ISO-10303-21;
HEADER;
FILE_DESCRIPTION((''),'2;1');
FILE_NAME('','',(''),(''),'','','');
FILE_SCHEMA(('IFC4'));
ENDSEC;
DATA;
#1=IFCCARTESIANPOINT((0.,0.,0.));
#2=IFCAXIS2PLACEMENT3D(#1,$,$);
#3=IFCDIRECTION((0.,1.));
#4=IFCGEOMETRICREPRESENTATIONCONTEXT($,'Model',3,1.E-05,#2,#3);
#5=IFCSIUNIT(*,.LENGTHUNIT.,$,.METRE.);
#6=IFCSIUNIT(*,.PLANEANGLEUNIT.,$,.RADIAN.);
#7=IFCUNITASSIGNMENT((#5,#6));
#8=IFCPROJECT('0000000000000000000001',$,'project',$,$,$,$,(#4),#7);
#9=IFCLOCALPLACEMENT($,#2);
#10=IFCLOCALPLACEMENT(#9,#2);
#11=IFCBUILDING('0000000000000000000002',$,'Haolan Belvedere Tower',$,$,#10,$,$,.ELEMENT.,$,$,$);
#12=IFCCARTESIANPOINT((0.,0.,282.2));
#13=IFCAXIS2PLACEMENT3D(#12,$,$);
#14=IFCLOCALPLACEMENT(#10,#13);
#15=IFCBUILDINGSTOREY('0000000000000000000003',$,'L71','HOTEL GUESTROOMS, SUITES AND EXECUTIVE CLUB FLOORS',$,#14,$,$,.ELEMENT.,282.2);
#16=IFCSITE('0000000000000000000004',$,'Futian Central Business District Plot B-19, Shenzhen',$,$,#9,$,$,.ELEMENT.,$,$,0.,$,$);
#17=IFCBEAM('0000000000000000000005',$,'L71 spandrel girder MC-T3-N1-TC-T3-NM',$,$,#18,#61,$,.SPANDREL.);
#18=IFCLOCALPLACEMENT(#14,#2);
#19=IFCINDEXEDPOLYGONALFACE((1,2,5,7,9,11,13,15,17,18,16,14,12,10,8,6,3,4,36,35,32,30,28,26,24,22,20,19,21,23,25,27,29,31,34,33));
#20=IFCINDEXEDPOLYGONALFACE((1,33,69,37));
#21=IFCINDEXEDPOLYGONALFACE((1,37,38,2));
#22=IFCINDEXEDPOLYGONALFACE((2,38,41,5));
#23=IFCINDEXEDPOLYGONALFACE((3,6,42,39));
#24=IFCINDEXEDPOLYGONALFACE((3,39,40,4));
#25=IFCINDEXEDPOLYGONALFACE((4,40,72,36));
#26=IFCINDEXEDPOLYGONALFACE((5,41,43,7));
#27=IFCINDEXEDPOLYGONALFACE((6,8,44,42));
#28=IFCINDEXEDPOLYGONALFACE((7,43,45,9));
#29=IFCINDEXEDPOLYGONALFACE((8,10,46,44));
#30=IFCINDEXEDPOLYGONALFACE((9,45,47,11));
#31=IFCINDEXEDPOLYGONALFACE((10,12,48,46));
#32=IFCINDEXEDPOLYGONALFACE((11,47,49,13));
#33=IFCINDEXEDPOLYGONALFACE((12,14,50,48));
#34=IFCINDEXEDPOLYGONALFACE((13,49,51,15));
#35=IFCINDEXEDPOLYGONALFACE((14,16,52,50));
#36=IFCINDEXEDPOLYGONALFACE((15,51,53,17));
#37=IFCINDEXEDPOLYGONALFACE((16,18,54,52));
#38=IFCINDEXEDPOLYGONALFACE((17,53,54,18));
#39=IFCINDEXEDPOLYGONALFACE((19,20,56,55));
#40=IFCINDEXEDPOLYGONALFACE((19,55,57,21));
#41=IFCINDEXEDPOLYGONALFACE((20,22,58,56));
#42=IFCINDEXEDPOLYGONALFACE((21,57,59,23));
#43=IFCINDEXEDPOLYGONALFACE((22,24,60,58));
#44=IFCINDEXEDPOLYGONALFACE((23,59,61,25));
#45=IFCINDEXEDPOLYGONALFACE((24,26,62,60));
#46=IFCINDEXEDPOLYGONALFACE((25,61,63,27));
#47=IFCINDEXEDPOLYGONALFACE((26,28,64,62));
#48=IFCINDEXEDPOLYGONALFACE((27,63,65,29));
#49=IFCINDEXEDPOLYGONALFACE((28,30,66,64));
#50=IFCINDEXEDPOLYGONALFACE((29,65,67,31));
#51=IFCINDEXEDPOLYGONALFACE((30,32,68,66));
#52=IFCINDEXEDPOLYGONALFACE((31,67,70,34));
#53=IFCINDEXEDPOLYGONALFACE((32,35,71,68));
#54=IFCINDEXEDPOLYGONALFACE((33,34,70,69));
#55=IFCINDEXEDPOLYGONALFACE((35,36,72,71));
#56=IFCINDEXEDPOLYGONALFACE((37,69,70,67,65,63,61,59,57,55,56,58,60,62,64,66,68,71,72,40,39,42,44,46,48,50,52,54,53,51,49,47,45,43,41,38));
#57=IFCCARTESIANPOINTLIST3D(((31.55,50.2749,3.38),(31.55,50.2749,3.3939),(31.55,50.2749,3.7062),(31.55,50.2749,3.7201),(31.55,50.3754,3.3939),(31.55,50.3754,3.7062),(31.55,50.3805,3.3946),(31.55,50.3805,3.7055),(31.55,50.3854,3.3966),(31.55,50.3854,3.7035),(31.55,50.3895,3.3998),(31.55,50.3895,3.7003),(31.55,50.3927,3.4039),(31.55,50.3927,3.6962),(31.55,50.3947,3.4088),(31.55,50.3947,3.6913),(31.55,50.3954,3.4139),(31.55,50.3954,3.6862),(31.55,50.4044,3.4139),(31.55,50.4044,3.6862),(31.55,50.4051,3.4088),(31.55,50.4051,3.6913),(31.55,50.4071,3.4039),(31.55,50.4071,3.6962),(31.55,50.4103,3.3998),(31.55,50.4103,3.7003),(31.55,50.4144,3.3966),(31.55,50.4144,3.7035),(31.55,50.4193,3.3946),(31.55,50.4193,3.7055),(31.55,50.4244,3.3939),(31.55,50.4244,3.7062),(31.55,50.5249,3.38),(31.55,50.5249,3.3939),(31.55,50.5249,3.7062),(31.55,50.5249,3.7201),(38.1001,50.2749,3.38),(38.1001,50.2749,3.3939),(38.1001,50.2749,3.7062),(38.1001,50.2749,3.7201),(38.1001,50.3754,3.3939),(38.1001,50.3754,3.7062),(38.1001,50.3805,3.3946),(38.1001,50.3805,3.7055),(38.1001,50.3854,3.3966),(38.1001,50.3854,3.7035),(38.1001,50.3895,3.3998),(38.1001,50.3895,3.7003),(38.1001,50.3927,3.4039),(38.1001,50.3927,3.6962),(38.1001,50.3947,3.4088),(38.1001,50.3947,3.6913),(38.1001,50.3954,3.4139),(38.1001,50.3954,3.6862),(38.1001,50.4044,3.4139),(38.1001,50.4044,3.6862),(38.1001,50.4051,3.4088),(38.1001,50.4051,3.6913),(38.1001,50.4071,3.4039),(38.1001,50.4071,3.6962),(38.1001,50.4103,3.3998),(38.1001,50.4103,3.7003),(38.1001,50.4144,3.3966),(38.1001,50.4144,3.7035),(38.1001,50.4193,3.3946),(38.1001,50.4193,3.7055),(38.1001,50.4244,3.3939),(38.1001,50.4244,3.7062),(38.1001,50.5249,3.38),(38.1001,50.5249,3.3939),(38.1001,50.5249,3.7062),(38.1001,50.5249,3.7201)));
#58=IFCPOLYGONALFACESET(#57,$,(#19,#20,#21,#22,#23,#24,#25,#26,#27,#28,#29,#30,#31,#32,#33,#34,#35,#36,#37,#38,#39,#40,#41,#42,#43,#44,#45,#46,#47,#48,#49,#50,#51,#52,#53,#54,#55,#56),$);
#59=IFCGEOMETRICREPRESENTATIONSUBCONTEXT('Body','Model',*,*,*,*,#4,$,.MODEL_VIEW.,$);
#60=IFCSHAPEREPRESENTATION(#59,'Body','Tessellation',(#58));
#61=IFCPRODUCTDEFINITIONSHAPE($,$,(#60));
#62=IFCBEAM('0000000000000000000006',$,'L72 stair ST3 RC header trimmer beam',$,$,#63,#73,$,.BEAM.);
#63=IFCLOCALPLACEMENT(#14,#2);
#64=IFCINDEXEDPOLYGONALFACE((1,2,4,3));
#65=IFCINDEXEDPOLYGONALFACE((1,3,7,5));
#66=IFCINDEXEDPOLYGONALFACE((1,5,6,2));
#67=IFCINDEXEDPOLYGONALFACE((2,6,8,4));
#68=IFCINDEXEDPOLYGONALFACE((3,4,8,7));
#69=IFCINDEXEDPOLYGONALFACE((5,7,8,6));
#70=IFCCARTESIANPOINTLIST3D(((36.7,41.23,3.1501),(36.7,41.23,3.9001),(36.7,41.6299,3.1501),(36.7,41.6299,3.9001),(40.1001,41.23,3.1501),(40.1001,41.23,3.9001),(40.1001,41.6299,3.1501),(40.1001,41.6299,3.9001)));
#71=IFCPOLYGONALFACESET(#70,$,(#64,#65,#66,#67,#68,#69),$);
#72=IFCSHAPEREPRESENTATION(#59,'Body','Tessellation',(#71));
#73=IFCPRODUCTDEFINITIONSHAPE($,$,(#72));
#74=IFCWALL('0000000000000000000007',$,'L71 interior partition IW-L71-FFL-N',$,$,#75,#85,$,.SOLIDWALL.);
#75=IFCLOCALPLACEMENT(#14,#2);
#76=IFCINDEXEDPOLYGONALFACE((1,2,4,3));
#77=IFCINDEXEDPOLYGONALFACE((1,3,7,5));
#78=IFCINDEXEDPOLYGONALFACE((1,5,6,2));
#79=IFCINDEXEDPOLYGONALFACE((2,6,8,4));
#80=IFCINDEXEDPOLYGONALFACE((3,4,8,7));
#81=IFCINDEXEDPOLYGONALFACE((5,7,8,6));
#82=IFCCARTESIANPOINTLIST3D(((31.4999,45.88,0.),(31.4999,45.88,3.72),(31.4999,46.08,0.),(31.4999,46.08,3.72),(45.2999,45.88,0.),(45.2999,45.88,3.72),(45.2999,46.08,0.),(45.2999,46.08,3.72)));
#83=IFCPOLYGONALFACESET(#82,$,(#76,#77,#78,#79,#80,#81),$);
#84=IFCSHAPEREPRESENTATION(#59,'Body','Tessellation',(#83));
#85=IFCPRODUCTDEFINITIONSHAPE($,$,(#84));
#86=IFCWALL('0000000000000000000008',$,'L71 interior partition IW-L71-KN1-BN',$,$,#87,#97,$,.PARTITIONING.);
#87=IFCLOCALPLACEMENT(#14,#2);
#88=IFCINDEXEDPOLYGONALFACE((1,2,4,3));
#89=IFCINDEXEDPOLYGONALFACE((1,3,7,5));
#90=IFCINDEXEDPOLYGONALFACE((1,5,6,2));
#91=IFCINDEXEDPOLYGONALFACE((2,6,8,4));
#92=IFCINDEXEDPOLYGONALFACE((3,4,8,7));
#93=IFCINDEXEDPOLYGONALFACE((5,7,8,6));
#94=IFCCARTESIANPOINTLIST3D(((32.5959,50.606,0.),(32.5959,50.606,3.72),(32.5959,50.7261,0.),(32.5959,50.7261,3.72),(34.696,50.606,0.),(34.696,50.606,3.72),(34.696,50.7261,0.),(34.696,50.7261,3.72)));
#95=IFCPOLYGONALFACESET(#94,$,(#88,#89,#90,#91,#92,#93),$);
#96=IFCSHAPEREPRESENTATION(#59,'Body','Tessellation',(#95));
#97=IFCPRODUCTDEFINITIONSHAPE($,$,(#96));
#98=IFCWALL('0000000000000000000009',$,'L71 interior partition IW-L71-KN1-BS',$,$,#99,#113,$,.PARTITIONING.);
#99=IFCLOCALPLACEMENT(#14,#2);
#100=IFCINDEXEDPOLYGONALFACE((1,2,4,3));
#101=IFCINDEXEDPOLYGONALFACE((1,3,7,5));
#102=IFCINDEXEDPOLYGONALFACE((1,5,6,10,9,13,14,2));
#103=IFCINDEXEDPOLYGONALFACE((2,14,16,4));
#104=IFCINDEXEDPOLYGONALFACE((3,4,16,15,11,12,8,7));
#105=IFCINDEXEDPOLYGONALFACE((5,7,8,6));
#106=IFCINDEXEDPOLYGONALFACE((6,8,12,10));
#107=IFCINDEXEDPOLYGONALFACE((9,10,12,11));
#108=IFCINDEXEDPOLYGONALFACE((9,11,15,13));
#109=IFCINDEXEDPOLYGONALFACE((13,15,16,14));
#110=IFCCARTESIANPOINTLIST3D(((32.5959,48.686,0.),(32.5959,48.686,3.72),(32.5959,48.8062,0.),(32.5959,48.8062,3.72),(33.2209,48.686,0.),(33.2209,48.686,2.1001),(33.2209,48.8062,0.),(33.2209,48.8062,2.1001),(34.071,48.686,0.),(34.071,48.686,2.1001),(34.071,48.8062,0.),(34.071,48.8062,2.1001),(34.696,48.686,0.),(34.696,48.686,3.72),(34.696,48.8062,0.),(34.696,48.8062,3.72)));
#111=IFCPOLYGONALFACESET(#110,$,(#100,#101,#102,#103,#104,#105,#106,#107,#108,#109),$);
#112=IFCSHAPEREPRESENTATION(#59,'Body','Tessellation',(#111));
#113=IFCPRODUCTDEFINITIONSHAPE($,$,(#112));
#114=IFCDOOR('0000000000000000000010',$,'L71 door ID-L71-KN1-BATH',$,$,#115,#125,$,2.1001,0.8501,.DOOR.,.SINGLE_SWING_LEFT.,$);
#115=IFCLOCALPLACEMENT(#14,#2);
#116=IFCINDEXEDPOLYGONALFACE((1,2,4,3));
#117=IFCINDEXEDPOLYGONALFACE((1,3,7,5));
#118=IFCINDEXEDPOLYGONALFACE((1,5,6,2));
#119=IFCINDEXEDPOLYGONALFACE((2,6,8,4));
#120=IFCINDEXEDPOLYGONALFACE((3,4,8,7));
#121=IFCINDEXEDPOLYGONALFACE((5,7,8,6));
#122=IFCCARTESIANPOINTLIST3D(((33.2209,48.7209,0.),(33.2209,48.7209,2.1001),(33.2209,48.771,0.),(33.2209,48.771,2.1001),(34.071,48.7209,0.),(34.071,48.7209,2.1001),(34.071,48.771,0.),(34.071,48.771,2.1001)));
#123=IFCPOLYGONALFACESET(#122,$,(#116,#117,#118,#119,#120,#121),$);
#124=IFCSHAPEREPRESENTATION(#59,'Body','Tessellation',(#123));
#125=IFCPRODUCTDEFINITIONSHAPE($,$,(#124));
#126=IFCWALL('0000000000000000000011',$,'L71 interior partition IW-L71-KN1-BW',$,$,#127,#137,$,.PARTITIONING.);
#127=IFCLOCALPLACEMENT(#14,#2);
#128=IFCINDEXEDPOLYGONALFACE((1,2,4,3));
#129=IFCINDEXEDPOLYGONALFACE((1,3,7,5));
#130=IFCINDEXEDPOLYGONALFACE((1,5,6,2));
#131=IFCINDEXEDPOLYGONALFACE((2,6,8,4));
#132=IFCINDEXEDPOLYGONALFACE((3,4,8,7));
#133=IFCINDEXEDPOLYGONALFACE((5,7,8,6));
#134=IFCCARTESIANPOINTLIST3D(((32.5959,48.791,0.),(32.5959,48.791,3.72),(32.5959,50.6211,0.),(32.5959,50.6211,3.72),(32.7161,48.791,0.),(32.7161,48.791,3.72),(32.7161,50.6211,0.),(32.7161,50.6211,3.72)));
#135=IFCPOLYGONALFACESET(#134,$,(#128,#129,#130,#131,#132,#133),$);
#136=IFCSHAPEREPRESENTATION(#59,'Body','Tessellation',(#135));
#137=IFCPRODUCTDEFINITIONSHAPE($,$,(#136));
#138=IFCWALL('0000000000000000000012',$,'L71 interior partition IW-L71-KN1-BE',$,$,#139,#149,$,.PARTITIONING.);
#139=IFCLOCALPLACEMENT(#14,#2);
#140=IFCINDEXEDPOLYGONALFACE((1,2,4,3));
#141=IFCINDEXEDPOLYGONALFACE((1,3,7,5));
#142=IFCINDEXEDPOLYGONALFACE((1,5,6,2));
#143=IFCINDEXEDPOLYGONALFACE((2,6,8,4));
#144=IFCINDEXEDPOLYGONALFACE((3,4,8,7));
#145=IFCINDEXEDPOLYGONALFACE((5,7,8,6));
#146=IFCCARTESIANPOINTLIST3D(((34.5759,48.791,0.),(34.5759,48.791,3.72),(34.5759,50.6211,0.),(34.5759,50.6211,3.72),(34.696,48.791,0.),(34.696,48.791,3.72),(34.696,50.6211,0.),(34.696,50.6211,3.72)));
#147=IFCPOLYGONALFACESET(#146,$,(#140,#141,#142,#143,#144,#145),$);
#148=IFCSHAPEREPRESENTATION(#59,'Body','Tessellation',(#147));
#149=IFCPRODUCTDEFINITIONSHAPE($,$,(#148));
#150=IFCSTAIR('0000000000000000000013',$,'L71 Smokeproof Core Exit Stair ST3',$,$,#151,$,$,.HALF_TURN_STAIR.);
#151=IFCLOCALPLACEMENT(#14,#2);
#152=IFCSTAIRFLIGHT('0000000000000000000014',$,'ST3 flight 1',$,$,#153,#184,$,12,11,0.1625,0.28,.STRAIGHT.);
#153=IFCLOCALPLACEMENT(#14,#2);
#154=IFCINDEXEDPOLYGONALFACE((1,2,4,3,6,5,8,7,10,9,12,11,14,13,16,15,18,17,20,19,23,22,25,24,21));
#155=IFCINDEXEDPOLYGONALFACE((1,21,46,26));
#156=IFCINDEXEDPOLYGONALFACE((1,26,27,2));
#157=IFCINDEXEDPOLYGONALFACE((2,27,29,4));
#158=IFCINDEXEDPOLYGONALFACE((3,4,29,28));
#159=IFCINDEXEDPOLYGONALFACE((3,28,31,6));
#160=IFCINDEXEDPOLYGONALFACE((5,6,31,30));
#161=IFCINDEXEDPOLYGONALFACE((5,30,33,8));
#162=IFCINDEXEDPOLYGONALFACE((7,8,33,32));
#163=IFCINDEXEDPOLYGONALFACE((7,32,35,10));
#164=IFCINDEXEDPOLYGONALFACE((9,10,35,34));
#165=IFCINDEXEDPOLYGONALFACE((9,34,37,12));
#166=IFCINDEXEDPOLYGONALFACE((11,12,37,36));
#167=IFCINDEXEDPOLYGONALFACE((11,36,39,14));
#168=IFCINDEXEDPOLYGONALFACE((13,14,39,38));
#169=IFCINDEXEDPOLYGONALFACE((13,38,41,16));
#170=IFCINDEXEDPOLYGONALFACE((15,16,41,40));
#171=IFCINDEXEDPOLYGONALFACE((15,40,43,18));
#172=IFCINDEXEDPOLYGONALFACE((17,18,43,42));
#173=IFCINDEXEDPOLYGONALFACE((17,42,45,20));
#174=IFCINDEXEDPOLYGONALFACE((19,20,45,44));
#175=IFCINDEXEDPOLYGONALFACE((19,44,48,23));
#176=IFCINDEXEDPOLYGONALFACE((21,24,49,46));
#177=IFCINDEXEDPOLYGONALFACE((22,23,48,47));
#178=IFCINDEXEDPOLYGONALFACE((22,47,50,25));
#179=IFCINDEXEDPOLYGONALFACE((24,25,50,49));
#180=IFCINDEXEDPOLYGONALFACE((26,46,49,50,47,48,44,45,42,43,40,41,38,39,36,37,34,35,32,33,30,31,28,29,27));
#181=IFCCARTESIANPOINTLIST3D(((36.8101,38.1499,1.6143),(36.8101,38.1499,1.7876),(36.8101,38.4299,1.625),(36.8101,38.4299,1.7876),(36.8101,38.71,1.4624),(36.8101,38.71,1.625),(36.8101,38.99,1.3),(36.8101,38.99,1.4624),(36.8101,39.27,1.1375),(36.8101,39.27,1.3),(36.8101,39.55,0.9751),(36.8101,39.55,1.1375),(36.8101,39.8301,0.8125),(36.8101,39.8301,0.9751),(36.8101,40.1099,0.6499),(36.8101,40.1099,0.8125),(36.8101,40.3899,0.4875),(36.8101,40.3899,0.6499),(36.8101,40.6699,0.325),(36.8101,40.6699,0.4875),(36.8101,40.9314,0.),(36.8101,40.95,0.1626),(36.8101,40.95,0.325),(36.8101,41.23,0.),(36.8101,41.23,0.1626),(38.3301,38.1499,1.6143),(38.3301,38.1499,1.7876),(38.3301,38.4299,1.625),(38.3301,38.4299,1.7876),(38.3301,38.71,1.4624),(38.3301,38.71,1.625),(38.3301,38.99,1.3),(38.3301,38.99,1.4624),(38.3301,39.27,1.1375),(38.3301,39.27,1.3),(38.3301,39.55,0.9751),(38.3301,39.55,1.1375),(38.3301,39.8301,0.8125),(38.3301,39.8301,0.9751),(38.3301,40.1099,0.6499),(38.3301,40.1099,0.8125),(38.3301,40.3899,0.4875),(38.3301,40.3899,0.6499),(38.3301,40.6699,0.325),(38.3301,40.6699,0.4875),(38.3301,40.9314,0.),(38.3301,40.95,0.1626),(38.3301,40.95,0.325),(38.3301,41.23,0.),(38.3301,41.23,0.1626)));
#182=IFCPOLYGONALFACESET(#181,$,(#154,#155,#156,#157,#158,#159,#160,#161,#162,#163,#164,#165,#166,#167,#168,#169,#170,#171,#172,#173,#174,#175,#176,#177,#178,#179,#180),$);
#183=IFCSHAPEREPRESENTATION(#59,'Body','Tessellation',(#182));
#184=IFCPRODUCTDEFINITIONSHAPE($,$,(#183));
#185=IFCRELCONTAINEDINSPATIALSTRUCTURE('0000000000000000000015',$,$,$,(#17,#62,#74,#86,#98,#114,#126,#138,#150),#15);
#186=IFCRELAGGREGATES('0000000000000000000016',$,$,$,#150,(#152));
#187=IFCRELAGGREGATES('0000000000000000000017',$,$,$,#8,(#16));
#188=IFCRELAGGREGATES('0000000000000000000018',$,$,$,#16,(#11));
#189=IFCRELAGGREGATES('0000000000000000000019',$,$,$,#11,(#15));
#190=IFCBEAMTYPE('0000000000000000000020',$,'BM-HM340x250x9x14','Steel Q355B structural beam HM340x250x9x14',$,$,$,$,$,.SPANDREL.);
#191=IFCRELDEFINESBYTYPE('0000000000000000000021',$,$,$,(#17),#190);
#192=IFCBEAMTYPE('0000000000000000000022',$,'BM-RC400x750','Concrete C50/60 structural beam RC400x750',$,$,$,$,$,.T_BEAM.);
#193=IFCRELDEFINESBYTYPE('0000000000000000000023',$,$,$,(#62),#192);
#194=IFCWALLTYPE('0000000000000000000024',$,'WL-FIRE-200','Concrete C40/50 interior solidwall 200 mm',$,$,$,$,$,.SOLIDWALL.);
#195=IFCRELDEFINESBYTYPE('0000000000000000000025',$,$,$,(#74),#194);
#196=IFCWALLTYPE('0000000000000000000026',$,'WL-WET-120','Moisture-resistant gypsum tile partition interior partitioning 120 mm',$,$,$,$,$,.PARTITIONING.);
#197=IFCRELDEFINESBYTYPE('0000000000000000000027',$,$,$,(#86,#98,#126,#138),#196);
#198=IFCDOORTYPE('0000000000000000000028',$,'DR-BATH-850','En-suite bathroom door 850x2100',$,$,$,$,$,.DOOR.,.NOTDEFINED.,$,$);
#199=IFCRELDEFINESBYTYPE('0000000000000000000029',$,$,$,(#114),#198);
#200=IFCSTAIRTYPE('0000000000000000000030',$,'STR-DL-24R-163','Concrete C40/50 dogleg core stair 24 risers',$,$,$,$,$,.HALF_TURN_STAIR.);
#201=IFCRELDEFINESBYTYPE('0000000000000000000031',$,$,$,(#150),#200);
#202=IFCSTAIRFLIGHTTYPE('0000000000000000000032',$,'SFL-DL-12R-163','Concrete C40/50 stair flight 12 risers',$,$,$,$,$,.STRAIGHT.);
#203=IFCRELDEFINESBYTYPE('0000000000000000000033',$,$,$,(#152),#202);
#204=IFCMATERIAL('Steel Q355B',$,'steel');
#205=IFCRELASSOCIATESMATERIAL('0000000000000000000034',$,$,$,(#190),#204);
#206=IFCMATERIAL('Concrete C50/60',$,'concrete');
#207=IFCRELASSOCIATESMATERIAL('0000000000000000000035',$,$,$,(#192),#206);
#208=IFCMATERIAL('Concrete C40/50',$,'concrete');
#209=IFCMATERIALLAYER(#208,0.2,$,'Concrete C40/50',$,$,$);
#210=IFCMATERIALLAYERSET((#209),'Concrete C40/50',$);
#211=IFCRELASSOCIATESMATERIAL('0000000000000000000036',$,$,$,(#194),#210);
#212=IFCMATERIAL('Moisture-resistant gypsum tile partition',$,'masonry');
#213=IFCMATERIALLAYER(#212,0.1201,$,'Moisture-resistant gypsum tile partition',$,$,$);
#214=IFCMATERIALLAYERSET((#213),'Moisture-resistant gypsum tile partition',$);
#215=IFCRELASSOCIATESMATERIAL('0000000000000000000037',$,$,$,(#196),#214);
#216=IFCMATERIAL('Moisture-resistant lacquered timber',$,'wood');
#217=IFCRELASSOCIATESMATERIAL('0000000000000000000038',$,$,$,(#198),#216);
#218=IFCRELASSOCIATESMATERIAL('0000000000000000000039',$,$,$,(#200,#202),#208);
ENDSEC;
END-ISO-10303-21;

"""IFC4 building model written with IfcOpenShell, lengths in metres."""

from ifc_helpers import new_model, si_unit, direction, frame, frame_2d, origin, origin_2d, place, context, subcontext, project, spatial, polyline, rectangle, i_section, outline, extrude, material, layer, layer_set, material_profile, profile_set, type_object, element, fill, aggregate, save


model = new_model("IFC4")

# Units and contexts
model_context = context("Model", 3, precision=1e-05, world=origin(), true_north=direction((0.0, 1.0)))
body_context = subcontext(model_context, "Body", "Model", "MODEL_VIEW")
ifc_project = project(units=[si_unit("LENGTHUNIT", "METRE"), si_unit("PLANEANGLEUNIT", "RADIAN")], contexts=[model_context])

# Site, building, storey
site_placement = place(None, origin())
site = spatial("IfcSite", under=ifc_project, at=site_placement, Name="Futian Central Business District Plot B-19, Shenzhen", CompositionType="ELEMENT", RefElevation=0.0)
building_placement = place(site_placement, origin())
building = spatial("IfcBuilding", under=site, at=building_placement, Name="Haolan Belvedere Tower", CompositionType="ELEMENT")
storey_placement = place(building_placement, frame((0.0, 0.0, 282.2)))
storey = spatial("IfcBuildingStorey", under=building, at=storey_placement, Name="L71", Description="HOTEL GUESTROOMS, SUITES AND EXECUTIVE CLUB FLOORS", CompositionType="ELEMENT", Elevation=282.2)

# Beams
ifc_material_1 = material(Name="Steel Q355B", Category="steel")
ifc_material_profile_1 = material_profile(ifc_material_1, i_section(OverallWidth=0.25, OverallDepth=0.3401, WebThickness=0.009, FlangeThickness=0.0139, FilletRadius=0.02, at=origin_2d()), Name="Steel Q355B")
ifc_profile_set_1 = profile_set([ifc_material_profile_1], Name="Steel Q355B")
beam_type_1 = type_object("IfcBeamType", Name="BM-HM340x250x9x14", Description="Steel Q355B structural beam HM340x250x9x14", PredefinedType="SPANDREL", material=ifc_profile_set_1)
beam_1_placement = place(storey_placement, frame((31.55, 50.3999, 3.55), z_axis=(1.0, 0.0, 0.0), x_axis=(0.0, 1.0, 0.0)))
element("IfcBeam", 1, at=beam_1_placement, inside=storey, type_object=beam_type_1, Name="L71 spandrel girder MC-T3-N1-TC-T3-NM", PredefinedType="SPANDREL", context=body_context, shape_type="SweptSolid", body=[
    extrude(i_section(OverallWidth=0.25, OverallDepth=0.3401, WebThickness=0.009, FlangeThickness=0.0139, FilletRadius=0.02, at=origin_2d()), origin(), (0.0, 0.0, 1.0), 6.55),
])
ifc_material_2 = material(Name="Concrete C50/60", Category="concrete")
ifc_material_profile_2 = material_profile(ifc_material_2, rectangle(XDim=0.3999, YDim=0.75, at=origin_2d()), Name="Concrete C50/60")
ifc_profile_set_2 = profile_set([ifc_material_profile_2], Name="Concrete C50/60")
beam_type_2 = type_object("IfcBeamType", Name="BM-RC400x750", Description="Concrete C50/60 structural beam RC400x750", PredefinedType="T_BEAM", material=ifc_profile_set_2)
beam_2_placement = place(storey_placement, frame((36.7, 41.4299, 3.5251), z_axis=(1.0, 0.0, 0.0), x_axis=(0.0, 1.0, 0.0)))
element("IfcBeam", 2, at=beam_2_placement, inside=storey, type_object=beam_type_2, Name="L72 stair ST3 RC header trimmer beam", PredefinedType="BEAM", context=body_context, shape_type="SweptSolid", body=[
    extrude(rectangle(XDim=0.3999, YDim=0.75, at=origin_2d()), origin(), (0.0, 0.0, 1.0), 3.4001),
])

# Wall
ifc_material_3 = material(Name="Concrete C40/50", Category="concrete")
ifc_layer_1 = layer(ifc_material_3, 0.2, Name="Concrete C40/50")
ifc_layer_set_1 = layer_set([ifc_layer_1], Name="Concrete C40/50")
wall_type_1 = type_object("IfcWallType", Name="WL-FIRE-200", Description="Concrete C40/50 interior solidwall 200 mm", PredefinedType="SOLIDWALL", material=ifc_layer_set_1)
wall_1_placement = place(storey_placement, frame((31.5, 45.98, 0.0), z_axis=(0.0, 0.0, 1.0), x_axis=(1.0, 0.0, 0.0)))
element("IfcWall", 3, at=wall_1_placement, inside=storey, type_object=wall_type_1, Name="L71 interior partition IW-L71-FFL-N", PredefinedType="SOLIDWALL", context=body_context, shape_type="SweptSolid", body=[
    extrude(rectangle(XDim=13.8, YDim=0.2, at=frame_2d((6.8999, 0.0))), origin(), (0.0, 0.0, 1.0), 3.72),
])

# Wall
ifc_material_4 = material(Name="Moisture-resistant gypsum tile partition", Category="masonry")
ifc_layer_2 = layer(ifc_material_4, 0.1201, Name="Moisture-resistant gypsum tile partition")
ifc_layer_set_2 = layer_set([ifc_layer_2], Name="Moisture-resistant gypsum tile partition")
wall_type_2 = type_object("IfcWallType", Name="WL-WET-120", Description="Moisture-resistant gypsum tile partition interior partitioning 120 mm", PredefinedType="PARTITIONING", material=ifc_layer_set_2)
wall_2_placement = place(storey_placement, frame((32.5959, 50.666, 0.0), z_axis=(0.0, 0.0, 1.0), x_axis=(1.0, 0.0, 0.0)))
element("IfcWall", 4, at=wall_2_placement, inside=storey, type_object=wall_type_2, Name="L71 interior partition IW-L71-KN1-BN", PredefinedType="PARTITIONING", context=body_context, shape_type="SweptSolid", body=[
    extrude(rectangle(XDim=2.1001, YDim=0.1201, at=frame_2d((1.05, 0.0))), origin(), (0.0, 0.0, 1.0), 3.72),
])

# Wall, opening, door
wall_3_placement = place(storey_placement, frame((32.5959, 48.7461, 0.0), z_axis=(0.0, 0.0, 1.0), x_axis=(1.0, 0.0, 0.0)))
wall_3 = element("IfcWall", 5, at=wall_3_placement, inside=storey, type_object=wall_type_2, Name="L71 interior partition IW-L71-KN1-BS", PredefinedType="PARTITIONING", context=body_context, shape_type="SweptSolid", body=[
    extrude(rectangle(XDim=2.1001, YDim=0.1201, at=frame_2d((1.05, 0.0))), origin(), (0.0, 0.0, 1.0), 3.72),
])
opening_1_placement = place(wall_3_placement, frame((0.625, 0.0, 0.0)))
opening_1 = element("IfcOpeningElement", 6, at=opening_1_placement, cuts=wall_3, PredefinedType="OPENING", context=body_context, shape_type="SweptSolid", body=[
    extrude(rectangle(XDim=0.8501, YDim=2.1001, at=frame_2d((0.425, 1.05))), frame((0.0, 0.0701, 0.0), z_axis=(0.0, -1.0, 0.0), x_axis=(1.0, 0.0, 0.0)), (0.0, 0.0, 1.0), 0.1401),
])
ifc_material_5 = material(Name="Moisture-resistant lacquered timber", Category="wood")
door_type_1 = type_object("IfcDoorType", Name="DR-BATH-850", Description="En-suite bathroom door 850x2100", OperationType="NOTDEFINED", PredefinedType="DOOR", material=ifc_material_5)
door_1_placement = place(opening_1_placement, origin())
door_1 = element("IfcDoor", 7, at=door_1_placement, inside=storey, type_object=door_type_1, Name="L71 door ID-L71-KN1-BATH", OperationType="SINGLE_SWING_LEFT", OverallHeight=2.1001, OverallWidth=0.8501, PredefinedType="DOOR", context=body_context, shape_type="SweptSolid", body=[
    extrude(rectangle(XDim=0.8501, YDim=2.1001, at=frame_2d((0.425, 1.05))), frame((0.0, 0.0249, 0.0), z_axis=(0.0, -1.0, 0.0), x_axis=(1.0, 0.0, 0.0)), (0.0, 0.0, 1.0), 0.05),
])
fill(opening_1, door_1)

# Walls
for number, where, z_axis, x_axis, name in (
    (8, (32.656, 48.791, 0.0), (0.0, 0.0, 1.0), (0.0, 1.0, 0.0), "L71 interior partition IW-L71-KN1-BW"),
    (9, (34.636, 48.791, 0.0), (0.0, 0.0, 1.0), (0.0, 1.0, 0.0), "L71 interior partition IW-L71-KN1-BE"),
):
    element("IfcWall", number, at=place(storey_placement, frame(where, z_axis=z_axis, x_axis=x_axis)), inside=storey, type_object=wall_type_2, Name=name, PredefinedType="PARTITIONING", context=body_context, shape_type="SweptSolid", body=[
        extrude(rectangle(XDim=1.8301, YDim=0.1201, at=frame_2d((0.915, 0.0))), origin(), (0.0, 0.0, 1.0), 3.72),
    ])

# Stair, stair flight
stair_type = type_object("IfcStairType", Name="STR-DL-24R-163", Description="Concrete C40/50 dogleg core stair 24 risers", PredefinedType="HALF_TURN_STAIR", material=ifc_material_3)
stair_placement = place(storey_placement, origin())
stair = element("IfcStair", 10, at=stair_placement, inside=storey, type_object=stair_type, Name="L71 Smokeproof Core Exit Stair ST3", PredefinedType="HALF_TURN_STAIR")
stair_flight_type = type_object("IfcStairFlightType", Name="SFL-DL-12R-163", Description="Concrete C40/50 stair flight 12 risers", PredefinedType="STRAIGHT", material=ifc_material_3)
stair_flight_placement = place(storey_placement, frame((37.5701, 41.23, 0.0), z_axis=(0.0, 0.0, 1.0), x_axis=(0.0, -1.0, 0.0)))
stair_flight = element("IfcStairFlight", 11, at=stair_flight_placement, type_object=stair_flight_type, Name="ST3 flight 1", NumberOfRisers=12, NumberOfTreads=11, PredefinedType="STRAIGHT", RiserHeight=0.1625, TreadLength=0.28, context=body_context, shape_type="SweptSolid", body=[
    extrude(outline(polyline([(0.0, 0.0), (0.0, 0.1626), (0.28, 0.1626), (0.28, 0.325), (0.5601, 0.325), (0.5601, 0.4875), (0.8401, 0.4875), (0.8401, 0.6499), (1.1201, 0.6499), (1.1201, 0.8125), (1.3999, 0.8125), (1.3999, 0.9751), (1.6799, 0.9751), (1.6799, 1.1375), (1.96, 1.1375), (1.96, 1.3), (2.24, 1.3), (2.24, 1.4624), (2.52, 1.4624), (2.52, 1.625), (2.8, 1.625), (2.8, 1.7876), (3.0801, 1.7876), (3.0801, 1.95), (3.0801, 1.6143), (0.2986, 0.0), (0.0, 0.0)])), frame((0.0, 0.76, 0.0), z_axis=(0.0, -1.0, 0.0), x_axis=(1.0, 0.0, 0.0)), (0.0, 0.0, 1.0), 1.52),
])
aggregate(stair, [stair_flight])

save(model, "model.ifc")
